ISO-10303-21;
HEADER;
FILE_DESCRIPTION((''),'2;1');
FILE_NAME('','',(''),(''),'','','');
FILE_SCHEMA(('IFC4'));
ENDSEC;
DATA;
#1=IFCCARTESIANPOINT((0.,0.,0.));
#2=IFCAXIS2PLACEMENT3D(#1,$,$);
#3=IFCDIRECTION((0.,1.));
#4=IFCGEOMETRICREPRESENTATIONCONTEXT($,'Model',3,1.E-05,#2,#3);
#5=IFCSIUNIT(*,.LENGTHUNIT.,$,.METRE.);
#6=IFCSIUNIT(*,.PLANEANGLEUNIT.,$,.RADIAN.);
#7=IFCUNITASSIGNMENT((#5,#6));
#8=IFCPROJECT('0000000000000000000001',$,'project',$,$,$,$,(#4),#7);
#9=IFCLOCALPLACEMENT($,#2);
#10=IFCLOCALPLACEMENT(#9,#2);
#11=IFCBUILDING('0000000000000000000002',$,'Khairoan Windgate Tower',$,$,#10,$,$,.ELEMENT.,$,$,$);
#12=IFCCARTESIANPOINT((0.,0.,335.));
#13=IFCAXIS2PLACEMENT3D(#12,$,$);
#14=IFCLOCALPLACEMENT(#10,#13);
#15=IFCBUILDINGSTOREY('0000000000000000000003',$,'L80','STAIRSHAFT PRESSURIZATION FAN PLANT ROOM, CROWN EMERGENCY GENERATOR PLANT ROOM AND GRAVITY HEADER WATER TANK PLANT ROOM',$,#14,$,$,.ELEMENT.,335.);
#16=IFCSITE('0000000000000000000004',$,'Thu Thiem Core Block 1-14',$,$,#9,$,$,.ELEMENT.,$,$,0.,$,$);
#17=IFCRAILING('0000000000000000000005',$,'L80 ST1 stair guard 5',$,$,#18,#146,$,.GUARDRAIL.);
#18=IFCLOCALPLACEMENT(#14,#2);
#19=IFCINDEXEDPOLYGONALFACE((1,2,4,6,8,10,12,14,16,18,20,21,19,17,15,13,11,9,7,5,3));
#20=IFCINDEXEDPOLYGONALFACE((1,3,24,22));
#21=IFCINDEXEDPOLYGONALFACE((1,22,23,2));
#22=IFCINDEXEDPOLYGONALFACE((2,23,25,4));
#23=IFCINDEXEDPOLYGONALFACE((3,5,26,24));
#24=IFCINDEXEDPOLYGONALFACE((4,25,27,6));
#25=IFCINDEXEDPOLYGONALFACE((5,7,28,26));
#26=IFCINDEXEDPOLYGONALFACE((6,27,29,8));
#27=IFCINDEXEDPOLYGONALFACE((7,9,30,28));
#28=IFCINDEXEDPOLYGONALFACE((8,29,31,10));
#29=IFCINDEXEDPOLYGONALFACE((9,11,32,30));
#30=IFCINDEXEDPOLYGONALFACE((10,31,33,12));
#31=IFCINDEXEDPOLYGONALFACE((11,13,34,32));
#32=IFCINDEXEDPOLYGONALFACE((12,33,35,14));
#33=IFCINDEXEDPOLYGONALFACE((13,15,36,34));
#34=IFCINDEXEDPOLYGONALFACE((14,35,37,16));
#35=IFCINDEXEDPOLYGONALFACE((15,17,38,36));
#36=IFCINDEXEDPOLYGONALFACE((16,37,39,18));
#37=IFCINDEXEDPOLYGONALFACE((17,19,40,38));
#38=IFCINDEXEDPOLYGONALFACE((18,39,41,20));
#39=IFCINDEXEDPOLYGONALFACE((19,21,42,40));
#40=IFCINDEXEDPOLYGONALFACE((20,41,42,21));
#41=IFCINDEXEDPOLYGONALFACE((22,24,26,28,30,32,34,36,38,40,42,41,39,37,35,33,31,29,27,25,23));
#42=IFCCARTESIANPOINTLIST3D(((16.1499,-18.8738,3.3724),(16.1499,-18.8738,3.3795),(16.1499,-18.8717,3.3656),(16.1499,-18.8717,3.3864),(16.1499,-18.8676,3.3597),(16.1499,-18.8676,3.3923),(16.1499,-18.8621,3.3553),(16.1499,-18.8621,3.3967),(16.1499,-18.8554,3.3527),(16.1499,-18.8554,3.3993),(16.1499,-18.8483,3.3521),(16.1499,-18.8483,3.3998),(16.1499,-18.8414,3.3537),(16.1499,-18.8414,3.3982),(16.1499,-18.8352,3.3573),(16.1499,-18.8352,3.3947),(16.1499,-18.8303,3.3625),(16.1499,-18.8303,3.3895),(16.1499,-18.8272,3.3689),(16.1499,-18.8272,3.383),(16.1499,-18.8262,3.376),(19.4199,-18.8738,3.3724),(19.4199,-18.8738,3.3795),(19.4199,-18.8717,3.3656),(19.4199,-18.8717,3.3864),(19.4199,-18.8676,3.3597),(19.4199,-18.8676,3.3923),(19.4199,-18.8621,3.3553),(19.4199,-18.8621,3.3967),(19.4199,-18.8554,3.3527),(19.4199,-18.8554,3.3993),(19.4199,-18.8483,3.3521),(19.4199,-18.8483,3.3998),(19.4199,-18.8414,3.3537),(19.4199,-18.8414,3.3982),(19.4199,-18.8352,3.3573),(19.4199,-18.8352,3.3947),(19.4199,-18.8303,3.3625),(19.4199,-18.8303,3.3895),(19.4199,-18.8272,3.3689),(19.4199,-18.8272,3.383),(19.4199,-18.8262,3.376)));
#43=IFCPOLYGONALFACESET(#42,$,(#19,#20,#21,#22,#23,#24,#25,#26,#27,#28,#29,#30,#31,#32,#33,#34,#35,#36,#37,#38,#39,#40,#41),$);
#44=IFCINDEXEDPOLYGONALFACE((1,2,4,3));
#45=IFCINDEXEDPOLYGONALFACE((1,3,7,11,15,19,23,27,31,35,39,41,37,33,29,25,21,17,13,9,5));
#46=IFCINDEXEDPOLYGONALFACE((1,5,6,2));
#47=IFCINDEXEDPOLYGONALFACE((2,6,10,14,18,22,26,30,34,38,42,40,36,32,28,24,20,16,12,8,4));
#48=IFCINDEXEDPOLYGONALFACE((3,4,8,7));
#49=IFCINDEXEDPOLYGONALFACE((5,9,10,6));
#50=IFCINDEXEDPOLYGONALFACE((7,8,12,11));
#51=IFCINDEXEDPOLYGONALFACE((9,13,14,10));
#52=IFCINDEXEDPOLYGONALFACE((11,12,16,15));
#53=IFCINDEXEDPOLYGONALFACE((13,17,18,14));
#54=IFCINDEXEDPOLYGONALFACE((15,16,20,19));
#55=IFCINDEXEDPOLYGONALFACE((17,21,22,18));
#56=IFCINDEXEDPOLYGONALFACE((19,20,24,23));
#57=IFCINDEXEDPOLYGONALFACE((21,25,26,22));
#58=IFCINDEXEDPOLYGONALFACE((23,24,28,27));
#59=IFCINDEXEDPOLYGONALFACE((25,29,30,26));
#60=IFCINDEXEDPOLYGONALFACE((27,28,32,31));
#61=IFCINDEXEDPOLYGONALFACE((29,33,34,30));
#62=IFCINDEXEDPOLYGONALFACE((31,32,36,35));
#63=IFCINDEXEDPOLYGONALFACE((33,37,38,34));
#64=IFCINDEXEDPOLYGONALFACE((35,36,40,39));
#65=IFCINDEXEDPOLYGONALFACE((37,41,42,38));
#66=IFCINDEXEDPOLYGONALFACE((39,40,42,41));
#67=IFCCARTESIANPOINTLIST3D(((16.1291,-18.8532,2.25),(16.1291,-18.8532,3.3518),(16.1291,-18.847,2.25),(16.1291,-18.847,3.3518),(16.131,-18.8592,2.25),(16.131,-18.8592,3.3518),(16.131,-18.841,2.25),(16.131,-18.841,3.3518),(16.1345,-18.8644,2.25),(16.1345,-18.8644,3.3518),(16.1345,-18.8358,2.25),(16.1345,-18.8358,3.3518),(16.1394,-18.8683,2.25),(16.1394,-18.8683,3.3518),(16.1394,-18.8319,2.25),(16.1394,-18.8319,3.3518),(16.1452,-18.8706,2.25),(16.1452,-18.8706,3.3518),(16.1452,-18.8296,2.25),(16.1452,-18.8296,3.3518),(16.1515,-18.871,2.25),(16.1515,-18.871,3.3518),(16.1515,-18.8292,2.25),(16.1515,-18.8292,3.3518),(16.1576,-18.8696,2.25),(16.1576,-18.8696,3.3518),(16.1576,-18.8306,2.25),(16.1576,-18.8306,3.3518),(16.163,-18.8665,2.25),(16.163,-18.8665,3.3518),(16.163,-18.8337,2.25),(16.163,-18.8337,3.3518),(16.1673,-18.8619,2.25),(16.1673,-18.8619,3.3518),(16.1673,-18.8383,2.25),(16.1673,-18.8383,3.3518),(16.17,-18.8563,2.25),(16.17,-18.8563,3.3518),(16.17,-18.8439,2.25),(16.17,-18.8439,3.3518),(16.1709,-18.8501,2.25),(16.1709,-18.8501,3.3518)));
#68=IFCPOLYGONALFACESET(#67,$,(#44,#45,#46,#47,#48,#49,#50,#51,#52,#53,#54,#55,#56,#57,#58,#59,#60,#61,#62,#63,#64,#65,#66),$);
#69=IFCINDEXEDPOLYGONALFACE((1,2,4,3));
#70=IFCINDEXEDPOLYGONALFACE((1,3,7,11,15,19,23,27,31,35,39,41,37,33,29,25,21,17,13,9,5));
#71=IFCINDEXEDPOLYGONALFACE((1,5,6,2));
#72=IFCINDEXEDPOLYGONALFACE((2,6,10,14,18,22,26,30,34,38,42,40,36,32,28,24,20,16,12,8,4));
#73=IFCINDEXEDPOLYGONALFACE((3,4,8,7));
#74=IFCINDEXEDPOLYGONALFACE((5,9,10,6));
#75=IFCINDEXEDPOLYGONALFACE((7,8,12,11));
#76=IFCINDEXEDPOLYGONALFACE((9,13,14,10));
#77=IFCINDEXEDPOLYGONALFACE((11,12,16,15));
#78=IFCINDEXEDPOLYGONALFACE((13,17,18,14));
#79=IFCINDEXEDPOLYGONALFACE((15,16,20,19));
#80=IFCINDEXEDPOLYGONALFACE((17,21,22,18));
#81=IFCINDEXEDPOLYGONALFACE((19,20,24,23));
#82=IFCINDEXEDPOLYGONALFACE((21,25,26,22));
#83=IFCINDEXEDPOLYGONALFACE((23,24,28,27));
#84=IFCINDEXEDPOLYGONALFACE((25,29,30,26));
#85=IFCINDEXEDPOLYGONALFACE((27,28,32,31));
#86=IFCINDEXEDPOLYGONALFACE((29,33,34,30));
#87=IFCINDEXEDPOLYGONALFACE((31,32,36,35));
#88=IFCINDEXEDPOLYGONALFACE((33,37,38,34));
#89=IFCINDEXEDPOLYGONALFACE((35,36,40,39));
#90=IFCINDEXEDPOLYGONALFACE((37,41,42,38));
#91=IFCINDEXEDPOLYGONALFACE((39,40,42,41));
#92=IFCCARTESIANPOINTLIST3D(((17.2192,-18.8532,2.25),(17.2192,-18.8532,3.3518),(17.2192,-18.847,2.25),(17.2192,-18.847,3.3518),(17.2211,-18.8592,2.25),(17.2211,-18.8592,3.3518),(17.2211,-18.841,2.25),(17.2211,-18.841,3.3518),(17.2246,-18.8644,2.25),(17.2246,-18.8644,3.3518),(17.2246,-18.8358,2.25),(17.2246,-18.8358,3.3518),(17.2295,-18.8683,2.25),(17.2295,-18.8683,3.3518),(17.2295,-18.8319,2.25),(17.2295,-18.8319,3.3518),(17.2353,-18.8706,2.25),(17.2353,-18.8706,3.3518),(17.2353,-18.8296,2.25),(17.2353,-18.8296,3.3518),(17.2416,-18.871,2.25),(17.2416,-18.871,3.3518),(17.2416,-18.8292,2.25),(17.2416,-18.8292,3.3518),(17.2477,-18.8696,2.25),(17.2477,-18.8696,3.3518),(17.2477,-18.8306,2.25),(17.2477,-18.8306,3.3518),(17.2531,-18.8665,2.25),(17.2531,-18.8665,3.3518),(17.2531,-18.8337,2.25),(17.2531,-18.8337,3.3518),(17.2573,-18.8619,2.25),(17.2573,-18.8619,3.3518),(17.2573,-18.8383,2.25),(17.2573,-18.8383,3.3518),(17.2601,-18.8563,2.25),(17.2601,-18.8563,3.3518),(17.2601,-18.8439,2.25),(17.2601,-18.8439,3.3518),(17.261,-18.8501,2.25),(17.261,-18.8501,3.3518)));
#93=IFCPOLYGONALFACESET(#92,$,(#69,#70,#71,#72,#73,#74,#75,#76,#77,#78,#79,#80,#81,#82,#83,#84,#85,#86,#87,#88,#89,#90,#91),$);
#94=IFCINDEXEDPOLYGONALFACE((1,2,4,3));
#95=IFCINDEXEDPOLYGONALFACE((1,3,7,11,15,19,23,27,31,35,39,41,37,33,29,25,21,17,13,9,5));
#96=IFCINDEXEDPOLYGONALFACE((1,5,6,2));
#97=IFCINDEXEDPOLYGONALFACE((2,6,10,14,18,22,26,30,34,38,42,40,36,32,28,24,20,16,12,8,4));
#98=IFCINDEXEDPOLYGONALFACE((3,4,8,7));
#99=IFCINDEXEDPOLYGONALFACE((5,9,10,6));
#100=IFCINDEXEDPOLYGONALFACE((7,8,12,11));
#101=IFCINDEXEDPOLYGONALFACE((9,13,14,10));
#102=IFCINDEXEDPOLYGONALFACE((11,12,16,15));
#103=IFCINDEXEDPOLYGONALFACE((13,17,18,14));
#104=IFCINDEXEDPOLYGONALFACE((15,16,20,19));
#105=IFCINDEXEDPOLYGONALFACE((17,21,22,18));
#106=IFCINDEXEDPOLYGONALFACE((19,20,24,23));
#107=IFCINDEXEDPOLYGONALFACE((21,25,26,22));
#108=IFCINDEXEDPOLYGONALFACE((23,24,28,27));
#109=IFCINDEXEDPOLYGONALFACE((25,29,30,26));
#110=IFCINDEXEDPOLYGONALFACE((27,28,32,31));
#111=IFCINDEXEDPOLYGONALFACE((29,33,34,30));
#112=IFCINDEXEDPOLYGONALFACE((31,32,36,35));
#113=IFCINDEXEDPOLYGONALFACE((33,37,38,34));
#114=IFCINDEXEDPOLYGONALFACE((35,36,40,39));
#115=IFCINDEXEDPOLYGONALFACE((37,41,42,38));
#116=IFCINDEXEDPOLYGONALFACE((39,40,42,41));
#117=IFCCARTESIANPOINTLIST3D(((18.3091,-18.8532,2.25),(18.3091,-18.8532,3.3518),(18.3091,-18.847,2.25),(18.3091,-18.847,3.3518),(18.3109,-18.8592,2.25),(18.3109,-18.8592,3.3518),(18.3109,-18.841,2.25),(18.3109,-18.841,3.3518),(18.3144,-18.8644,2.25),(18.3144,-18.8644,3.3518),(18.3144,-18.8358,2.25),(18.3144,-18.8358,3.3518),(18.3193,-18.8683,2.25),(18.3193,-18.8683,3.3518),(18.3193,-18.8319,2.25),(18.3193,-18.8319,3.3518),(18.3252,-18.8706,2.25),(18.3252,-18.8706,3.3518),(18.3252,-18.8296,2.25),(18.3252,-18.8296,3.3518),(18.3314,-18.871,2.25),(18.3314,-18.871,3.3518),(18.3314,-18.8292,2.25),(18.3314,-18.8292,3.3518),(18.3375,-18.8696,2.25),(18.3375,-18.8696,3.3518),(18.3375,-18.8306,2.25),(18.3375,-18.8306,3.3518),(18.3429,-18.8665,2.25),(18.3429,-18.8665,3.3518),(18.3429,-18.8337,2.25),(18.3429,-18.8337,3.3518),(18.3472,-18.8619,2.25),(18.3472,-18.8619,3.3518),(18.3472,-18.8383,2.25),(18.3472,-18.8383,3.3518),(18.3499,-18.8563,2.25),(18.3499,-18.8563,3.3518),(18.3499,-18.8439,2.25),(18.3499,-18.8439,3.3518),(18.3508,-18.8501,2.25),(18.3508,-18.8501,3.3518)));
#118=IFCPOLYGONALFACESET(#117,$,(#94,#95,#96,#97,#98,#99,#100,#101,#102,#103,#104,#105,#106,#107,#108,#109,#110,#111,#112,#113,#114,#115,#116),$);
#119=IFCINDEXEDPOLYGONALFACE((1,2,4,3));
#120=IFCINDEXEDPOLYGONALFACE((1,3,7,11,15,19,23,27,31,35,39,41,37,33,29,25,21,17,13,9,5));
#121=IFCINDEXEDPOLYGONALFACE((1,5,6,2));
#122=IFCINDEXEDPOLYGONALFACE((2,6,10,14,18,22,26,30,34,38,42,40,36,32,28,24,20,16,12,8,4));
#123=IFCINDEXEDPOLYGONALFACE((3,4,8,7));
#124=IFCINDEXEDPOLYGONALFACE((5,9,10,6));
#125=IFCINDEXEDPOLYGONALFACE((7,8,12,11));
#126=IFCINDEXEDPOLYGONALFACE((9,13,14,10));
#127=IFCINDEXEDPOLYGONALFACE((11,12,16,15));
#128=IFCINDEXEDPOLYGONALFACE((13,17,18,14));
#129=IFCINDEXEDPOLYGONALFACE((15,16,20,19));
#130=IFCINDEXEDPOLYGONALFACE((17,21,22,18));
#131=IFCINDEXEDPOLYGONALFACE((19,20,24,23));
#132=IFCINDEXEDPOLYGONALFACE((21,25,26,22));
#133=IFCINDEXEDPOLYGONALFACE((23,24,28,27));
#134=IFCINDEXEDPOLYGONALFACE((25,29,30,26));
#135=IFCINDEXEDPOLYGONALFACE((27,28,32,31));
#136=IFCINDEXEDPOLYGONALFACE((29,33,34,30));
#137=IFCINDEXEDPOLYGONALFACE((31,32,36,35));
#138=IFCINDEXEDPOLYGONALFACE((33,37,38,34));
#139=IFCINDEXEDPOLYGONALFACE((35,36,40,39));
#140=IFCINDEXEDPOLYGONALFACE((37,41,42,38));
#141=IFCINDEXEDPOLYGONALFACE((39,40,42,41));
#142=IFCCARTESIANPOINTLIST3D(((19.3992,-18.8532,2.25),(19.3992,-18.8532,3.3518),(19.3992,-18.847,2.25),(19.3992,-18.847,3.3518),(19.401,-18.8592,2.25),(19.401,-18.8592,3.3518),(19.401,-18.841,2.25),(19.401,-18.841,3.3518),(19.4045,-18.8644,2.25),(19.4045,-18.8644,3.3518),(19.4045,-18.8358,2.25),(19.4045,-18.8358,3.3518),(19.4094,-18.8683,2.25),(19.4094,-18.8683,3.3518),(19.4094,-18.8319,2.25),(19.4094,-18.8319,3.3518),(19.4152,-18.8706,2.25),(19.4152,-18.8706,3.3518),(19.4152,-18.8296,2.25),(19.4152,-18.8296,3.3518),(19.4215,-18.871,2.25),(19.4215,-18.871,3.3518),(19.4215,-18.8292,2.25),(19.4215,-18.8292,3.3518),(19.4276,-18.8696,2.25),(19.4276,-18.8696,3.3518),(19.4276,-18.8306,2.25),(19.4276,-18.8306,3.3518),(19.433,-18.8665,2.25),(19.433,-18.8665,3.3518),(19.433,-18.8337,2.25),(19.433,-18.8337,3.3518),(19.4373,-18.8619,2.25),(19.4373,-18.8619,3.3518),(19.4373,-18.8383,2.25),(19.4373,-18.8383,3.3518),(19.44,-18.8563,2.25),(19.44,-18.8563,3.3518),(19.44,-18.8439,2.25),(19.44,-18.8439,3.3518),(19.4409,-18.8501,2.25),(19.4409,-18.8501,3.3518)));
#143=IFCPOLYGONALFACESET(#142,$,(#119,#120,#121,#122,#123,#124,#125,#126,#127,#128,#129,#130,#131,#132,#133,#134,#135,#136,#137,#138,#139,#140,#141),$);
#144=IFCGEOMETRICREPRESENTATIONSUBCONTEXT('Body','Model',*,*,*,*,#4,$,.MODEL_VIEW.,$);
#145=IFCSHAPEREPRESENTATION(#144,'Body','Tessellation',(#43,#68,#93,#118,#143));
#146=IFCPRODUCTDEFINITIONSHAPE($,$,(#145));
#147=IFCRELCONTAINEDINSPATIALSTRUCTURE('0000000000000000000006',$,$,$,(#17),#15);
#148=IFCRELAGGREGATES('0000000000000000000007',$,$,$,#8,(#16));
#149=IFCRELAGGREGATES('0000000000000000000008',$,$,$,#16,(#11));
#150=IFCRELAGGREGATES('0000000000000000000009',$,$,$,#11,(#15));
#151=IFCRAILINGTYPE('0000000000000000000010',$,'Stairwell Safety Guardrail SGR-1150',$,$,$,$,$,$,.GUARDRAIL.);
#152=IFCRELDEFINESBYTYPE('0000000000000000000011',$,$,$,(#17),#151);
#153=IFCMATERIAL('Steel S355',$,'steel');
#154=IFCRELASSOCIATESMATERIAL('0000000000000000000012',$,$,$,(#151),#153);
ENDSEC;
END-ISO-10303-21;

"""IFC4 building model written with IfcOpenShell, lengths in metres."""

from ifc_helpers import new_model, si_unit, direction, frame, origin, origin_2d, place, context, subcontext, project, spatial, circle, extrude, material, type_object, element, save


model = new_model("IFC4")

# Units and contexts
model_context = context("Model", 3, precision=1e-05, world=origin(), true_north=direction((0.0, 1.0)))
body_context = subcontext(model_context, "Body", "Model", "MODEL_VIEW")
ifc_project = project(units=[si_unit("LENGTHUNIT", "METRE"), si_unit("PLANEANGLEUNIT", "RADIAN")], contexts=[model_context])

# Site, building, storey
site_placement = place(None, origin())
site = spatial("IfcSite", under=ifc_project, at=site_placement, Name="Thu Thiem Core Block 1-14", CompositionType="ELEMENT", RefElevation=0.0)
building_placement = place(site_placement, origin())
building = spatial("IfcBuilding", under=site, at=building_placement, Name="Khairoan Windgate Tower", CompositionType="ELEMENT")
storey_placement = place(building_placement, frame((0.0, 0.0, 335.0)))
storey = spatial("IfcBuildingStorey", under=building, at=storey_placement, Name="L80", Description="STAIRSHAFT PRESSURIZATION FAN PLANT ROOM, CROWN EMERGENCY GENERATOR PLANT ROOM AND GRAVITY HEADER WATER TANK PLANT ROOM", CompositionType="ELEMENT", Elevation=335.0)

# Railing
ifc_material_1 = material(Name="Steel S355", Category="steel")
railing_type_1 = type_object("IfcRailingType", Name="Stairwell Safety Guardrail SGR-1150", PredefinedType="GUARDRAIL", material=ifc_material_1)
railing_1_placement = place(storey_placement, frame((16.1499, -18.8501, 2.25)))
element("IfcRailing", 1, at=railing_1_placement, inside=storey, type_object=railing_type_1, Name="L80 ST1 stair guard 5", PredefinedType="GUARDRAIL", context=body_context, shape_type="SweptSolid", body=[
    extrude(circle(Radius=0.0239, at=origin_2d()), frame((0.0, 0.0, 1.126), z_axis=(1.0, 0.0, 0.0), x_axis=(0.0, 1.0, 0.0)), (0.0, 0.0, 1.0), 3.27),
    extrude(circle(Radius=0.021, at=origin_2d()), origin(), (0.0, 0.0, 1.0), 1.1018),
    extrude(circle(Radius=0.021, at=origin_2d()), frame((1.0901, 0.0, 0.0)), (0.0, 0.0, 1.0), 1.1018),
    extrude(circle(Radius=0.021, at=origin_2d()), frame((2.1799, 0.0, 0.0)), (0.0, 0.0, 1.0), 1.1018),
    extrude(circle(Radius=0.021, at=origin_2d()), frame((3.27, 0.0, 0.0)), (0.0, 0.0, 1.0), 1.1018),
])

save(model, "model.ifc")
